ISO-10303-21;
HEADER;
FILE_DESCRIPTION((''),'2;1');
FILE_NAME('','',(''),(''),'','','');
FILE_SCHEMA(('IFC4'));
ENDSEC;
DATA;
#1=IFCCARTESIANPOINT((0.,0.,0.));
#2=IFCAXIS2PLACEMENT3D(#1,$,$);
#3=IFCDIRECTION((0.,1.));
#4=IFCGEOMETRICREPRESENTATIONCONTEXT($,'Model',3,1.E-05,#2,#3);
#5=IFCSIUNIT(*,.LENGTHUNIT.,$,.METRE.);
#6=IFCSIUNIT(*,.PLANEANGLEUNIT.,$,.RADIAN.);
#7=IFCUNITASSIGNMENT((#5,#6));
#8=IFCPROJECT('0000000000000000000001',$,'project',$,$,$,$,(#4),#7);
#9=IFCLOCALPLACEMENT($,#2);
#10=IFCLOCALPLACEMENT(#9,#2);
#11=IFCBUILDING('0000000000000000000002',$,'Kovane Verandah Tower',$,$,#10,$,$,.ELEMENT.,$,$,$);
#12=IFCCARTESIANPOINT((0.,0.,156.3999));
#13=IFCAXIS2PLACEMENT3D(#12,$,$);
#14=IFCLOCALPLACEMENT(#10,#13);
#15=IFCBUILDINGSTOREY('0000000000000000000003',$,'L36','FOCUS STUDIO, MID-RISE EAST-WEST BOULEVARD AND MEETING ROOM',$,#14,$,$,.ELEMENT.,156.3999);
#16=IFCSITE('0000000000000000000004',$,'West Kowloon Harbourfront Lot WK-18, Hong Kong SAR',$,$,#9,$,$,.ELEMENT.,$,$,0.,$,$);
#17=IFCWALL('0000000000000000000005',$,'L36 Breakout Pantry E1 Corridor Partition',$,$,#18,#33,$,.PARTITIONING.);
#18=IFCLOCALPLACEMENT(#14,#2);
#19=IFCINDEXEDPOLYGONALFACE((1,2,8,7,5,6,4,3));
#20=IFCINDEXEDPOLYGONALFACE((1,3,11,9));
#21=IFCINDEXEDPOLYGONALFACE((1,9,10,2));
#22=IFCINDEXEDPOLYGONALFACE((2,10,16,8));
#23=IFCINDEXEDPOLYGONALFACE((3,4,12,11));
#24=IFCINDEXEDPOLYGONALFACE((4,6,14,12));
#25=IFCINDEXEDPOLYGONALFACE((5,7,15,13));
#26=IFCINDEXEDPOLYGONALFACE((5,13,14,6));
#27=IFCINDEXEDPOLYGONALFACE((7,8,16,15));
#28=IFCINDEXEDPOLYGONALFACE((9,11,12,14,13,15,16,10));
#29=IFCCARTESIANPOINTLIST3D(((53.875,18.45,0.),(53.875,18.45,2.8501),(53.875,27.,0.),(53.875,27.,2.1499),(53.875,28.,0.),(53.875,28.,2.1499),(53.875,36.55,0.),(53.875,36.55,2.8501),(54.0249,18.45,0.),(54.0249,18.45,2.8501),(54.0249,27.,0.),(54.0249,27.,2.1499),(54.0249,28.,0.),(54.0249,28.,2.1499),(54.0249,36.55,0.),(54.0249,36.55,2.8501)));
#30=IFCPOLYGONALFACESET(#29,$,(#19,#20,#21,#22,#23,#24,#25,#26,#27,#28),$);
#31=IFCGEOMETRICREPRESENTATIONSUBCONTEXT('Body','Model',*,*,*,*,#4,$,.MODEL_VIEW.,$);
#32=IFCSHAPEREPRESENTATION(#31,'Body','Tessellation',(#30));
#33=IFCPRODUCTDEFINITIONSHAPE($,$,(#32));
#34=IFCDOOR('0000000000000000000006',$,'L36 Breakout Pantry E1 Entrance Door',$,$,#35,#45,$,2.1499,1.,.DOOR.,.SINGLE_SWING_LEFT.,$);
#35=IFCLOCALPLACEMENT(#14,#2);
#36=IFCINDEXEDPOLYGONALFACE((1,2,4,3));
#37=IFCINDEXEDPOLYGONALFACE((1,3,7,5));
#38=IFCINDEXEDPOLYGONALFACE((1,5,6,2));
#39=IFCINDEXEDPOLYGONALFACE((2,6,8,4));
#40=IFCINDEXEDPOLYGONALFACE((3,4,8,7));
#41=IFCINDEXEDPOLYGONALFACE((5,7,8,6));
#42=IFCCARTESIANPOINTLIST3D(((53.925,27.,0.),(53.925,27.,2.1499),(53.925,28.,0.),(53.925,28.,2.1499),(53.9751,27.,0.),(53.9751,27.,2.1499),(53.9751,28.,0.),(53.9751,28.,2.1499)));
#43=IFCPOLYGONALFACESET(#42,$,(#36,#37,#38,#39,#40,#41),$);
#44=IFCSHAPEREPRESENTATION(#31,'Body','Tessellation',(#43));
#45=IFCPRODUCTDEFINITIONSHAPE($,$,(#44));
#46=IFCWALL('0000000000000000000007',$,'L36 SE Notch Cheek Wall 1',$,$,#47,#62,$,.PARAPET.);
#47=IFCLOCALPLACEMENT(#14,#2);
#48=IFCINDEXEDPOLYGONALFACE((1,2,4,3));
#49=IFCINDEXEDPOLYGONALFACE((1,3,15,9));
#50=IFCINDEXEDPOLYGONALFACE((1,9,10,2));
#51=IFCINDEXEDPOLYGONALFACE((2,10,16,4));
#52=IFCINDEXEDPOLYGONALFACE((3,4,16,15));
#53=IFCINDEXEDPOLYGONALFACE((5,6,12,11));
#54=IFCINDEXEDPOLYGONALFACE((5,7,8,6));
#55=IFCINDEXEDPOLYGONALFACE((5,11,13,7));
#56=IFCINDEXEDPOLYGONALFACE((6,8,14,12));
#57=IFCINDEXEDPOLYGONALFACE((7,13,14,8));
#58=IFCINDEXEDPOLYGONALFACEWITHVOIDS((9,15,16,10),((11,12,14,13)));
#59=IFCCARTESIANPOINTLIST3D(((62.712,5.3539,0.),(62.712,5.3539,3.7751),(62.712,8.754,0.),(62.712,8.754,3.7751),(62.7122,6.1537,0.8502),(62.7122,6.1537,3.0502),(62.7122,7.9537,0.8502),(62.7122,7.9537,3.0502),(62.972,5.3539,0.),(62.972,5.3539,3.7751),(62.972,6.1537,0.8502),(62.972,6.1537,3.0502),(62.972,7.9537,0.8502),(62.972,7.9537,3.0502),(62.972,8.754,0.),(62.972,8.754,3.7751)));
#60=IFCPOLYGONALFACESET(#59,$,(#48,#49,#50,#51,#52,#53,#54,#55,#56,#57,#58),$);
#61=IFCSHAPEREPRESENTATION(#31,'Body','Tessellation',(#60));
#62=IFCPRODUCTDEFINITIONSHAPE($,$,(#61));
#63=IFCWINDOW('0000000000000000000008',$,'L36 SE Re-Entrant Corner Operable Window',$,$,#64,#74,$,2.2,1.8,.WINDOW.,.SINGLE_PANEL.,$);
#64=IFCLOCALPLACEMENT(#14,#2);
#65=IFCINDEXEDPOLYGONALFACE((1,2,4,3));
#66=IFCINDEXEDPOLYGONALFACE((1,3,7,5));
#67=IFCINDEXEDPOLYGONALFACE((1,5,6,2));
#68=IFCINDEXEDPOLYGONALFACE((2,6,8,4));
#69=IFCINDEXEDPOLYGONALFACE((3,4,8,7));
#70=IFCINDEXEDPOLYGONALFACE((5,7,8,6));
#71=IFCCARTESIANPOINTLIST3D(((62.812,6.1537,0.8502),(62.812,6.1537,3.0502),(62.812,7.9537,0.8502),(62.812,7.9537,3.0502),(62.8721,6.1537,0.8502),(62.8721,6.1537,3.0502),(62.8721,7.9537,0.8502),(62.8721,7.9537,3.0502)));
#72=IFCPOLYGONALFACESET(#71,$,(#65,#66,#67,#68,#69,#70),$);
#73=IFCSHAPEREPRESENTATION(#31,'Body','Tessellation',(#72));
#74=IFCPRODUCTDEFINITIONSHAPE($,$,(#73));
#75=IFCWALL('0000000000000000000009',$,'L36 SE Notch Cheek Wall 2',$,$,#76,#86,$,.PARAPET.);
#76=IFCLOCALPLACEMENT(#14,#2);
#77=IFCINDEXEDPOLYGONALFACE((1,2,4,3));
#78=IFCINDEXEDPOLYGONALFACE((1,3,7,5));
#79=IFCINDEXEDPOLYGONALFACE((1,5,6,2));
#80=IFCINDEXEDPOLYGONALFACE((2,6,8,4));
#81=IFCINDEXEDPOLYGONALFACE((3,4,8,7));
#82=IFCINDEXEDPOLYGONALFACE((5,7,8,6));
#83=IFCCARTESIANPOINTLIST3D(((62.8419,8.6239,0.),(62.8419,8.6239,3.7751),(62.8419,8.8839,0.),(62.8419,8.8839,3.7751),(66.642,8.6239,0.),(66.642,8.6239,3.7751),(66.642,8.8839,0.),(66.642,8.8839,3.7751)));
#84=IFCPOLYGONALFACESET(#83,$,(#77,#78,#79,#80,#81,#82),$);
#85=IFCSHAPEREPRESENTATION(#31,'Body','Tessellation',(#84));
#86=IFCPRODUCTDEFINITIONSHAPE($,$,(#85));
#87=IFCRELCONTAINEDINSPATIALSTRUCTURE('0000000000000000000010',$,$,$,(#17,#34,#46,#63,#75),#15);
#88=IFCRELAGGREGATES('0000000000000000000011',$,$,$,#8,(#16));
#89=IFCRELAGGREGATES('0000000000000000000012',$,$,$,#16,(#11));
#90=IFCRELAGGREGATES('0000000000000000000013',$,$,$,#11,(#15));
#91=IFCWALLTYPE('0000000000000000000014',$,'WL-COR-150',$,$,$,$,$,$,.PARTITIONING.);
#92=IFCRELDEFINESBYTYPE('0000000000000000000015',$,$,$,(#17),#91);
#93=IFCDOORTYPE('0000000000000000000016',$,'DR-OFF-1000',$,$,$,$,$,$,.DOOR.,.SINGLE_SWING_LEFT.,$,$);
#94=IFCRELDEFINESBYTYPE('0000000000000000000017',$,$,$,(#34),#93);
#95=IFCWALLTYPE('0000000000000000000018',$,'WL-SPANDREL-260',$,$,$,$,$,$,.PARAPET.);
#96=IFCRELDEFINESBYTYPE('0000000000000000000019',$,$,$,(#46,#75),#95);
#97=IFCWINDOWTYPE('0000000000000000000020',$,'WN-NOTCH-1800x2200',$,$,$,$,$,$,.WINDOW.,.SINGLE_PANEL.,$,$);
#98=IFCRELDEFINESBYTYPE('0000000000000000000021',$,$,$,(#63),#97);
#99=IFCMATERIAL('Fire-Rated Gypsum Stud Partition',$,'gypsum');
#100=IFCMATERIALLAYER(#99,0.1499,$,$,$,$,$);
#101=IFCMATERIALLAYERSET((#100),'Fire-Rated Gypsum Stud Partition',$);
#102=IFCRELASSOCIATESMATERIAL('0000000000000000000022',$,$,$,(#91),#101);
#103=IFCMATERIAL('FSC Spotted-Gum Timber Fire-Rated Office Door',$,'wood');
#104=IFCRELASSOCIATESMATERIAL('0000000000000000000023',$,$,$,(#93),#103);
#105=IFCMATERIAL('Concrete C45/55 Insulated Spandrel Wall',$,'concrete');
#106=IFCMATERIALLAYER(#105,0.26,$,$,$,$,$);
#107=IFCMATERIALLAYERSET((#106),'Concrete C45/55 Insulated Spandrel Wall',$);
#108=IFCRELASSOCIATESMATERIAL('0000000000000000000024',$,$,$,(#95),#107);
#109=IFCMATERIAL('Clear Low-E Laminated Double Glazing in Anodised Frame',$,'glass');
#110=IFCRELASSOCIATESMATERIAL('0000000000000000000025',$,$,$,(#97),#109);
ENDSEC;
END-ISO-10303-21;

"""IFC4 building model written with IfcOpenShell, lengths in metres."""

from ifc_helpers import new_model, si_unit, direction, frame, frame_2d, origin, place, context, subcontext, project, spatial, rectangle, extrude, material, layer, layer_set, type_object, element, fill, save


model = new_model("IFC4")

# Units and contexts
model_context = context("Model", 3, precision=1e-05, world=origin(), true_north=direction((0.0, 1.0)))
body_context = subcontext(model_context, "Body", "Model", "MODEL_VIEW")
ifc_project = project(units=[si_unit("LENGTHUNIT", "METRE"), si_unit("PLANEANGLEUNIT", "RADIAN")], contexts=[model_context])

# Site, building, storey
site_placement = place(None, origin())
site = spatial("IfcSite", under=ifc_project, at=site_placement, Name="West Kowloon Harbourfront Lot WK-18, Hong Kong SAR", CompositionType="ELEMENT", RefElevation=0.0)
building_placement = place(site_placement, origin())
building = spatial("IfcBuilding", under=site, at=building_placement, Name="Kovane Verandah Tower", CompositionType="ELEMENT")
storey_placement = place(building_placement, frame((0.0, 0.0, 156.3999)))
storey = spatial("IfcBuildingStorey", under=building, at=storey_placement, Name="L36", Description="FOCUS STUDIO, MID-RISE EAST-WEST BOULEVARD AND MEETING ROOM", CompositionType="ELEMENT", Elevation=156.3999)

# Wall, opening, door
ifc_material_1 = material(Name="Fire-Rated Gypsum Stud Partition", Category="gypsum")
ifc_layer_1 = layer(ifc_material_1, 0.1499)
ifc_layer_set_1 = layer_set([ifc_layer_1], Name="Fire-Rated Gypsum Stud Partition")
wall_type_1 = type_object("IfcWallType", Name="WL-COR-150", PredefinedType="PARTITIONING", material=ifc_layer_set_1)
wall_1_placement = place(storey_placement, frame((53.95, 18.45, 0.0), z_axis=(0.0, 0.0, 1.0), x_axis=(0.0, 1.0, 0.0)))
wall_1 = element("IfcWall", 1, at=wall_1_placement, inside=storey, type_object=wall_type_1, Name="L36 Breakout Pantry E1 Corridor Partition", PredefinedType="PARTITIONING", context=body_context, shape_type="SweptSolid", body=[
    extrude(rectangle(XDim=18.1001, YDim=0.1499, at=frame_2d((9.05, 0.0))), origin(), (0.0, 0.0, 1.0), 2.8501),
])
opening_1_placement = place(wall_1_placement, frame((8.55, 0.0, 0.0)))
opening_1 = element("IfcOpeningElement", 2, at=opening_1_placement, cuts=wall_1, PredefinedType="OPENING", context=body_context, shape_type="SweptSolid", body=[
    extrude(rectangle(XDim=1.0, YDim=2.1499, at=frame_2d((0.5, 1.075))), frame((0.0, 0.075, 0.0), z_axis=(0.0, -1.0, 0.0), x_axis=(1.0, 0.0, 0.0)), (0.0, 0.0, 1.0), 0.1499),
])
ifc_material_2 = material(Name="FSC Spotted-Gum Timber Fire-Rated Office Door", Category="wood")
door_type = type_object("IfcDoorType", Name="DR-OFF-1000", OperationType="SINGLE_SWING_LEFT", PredefinedType="DOOR", material=ifc_material_2)
door_placement = place(opening_1_placement, origin())
door = element("IfcDoor", 3, at=door_placement, inside=storey, type_object=door_type, Name="L36 Breakout Pantry E1 Entrance Door", OperationType="SINGLE_SWING_LEFT", OverallHeight=2.1499, OverallWidth=1.0, PredefinedType="DOOR", context=body_context, shape_type="SweptSolid", body=[
    extrude(rectangle(XDim=1.0, YDim=2.1499, at=frame_2d((0.5, 1.075))), frame((0.0, 0.0249, 0.0), z_axis=(0.0, -1.0, 0.0), x_axis=(1.0, 0.0, 0.0)), (0.0, 0.0, 1.0), 0.05),
])
fill(opening_1, door)

# Wall, opening, window
ifc_material_3 = material(Name="Concrete C45/55 Insulated Spandrel Wall", Category="concrete")
ifc_layer_2 = layer(ifc_material_3, 0.26)
ifc_layer_set_2 = layer_set([ifc_layer_2], Name="Concrete C45/55 Insulated Spandrel Wall")
wall_type_2 = type_object("IfcWallType", Name="WL-SPANDREL-260", PredefinedType="PARAPET", material=ifc_layer_set_2)
wall_2_placement = place(storey_placement, frame((62.842, 5.3538, 0.0), z_axis=(0.0, 0.0, 1.0), x_axis=(0.0, 1.0, 0.0)))
wall_2 = element("IfcWall", 4, at=wall_2_placement, inside=storey, type_object=wall_type_2, Name="L36 SE Notch Cheek Wall 1", PredefinedType="PARAPET", context=body_context, shape_type="SweptSolid", body=[
    extrude(rectangle(XDim=3.4001, YDim=0.26, at=frame_2d((1.7002, 0.0))), origin(), (0.0, 0.0, 1.0), 3.7751),
])
opening_2_placement = place(wall_2_placement, frame((0.8, 0.0, 0.8501)))
opening_2 = element("IfcOpeningElement", 5, at=opening_2_placement, cuts=wall_2, PredefinedType="OPENING", context=body_context, shape_type="SweptSolid", body=[
    extrude(rectangle(XDim=1.8, YDim=2.2, at=frame_2d((0.8999, 1.1001))), frame((0.0, 0.1299, 0.0), z_axis=(0.0, -1.0, 0.0), x_axis=(1.0, 0.0, 0.0)), (0.0, 0.0, 1.0), 0.26),
])
ifc_material_4 = material(Name="Clear Low-E Laminated Double Glazing in Anodised Frame", Category="glass")
window_type = type_object("IfcWindowType", Name="WN-NOTCH-1800x2200", PartitioningType="SINGLE_PANEL", PredefinedType="WINDOW", material=ifc_material_4)
window_placement = place(opening_2_placement, origin())
window = element("IfcWindow", 6, at=window_placement, inside=storey, type_object=window_type, Name="L36 SE Re-Entrant Corner Operable Window", OverallHeight=2.2, OverallWidth=1.8, PartitioningType="SINGLE_PANEL", PredefinedType="WINDOW", context=body_context, shape_type="SweptSolid", body=[
    extrude(rectangle(XDim=1.8, YDim=2.2, at=frame_2d((0.8999, 1.1001))), frame((0.0, 0.03, 0.0), z_axis=(0.0, -1.0, 0.0), x_axis=(1.0, 0.0, 0.0)), (0.0, 0.0, 1.0), 0.0601),
])
fill(opening_2, window)

# Wall
wall_3_placement = place(storey_placement, frame((62.842, 8.7539, 0.0), z_axis=(0.0, 0.0, 1.0), x_axis=(1.0, 0.0, 0.0)))
element("IfcWall", 7, at=wall_3_placement, inside=storey, type_object=wall_type_2, Name="L36 SE Notch Cheek Wall 2", PredefinedType="PARAPET", context=body_context, shape_type="SweptSolid", body=[
    extrude(rectangle(XDim=3.8, YDim=0.26, at=frame_2d((1.8999, 0.0))), origin(), (0.0, 0.0, 1.0), 3.7751),
])

save(model, "model.ifc")
